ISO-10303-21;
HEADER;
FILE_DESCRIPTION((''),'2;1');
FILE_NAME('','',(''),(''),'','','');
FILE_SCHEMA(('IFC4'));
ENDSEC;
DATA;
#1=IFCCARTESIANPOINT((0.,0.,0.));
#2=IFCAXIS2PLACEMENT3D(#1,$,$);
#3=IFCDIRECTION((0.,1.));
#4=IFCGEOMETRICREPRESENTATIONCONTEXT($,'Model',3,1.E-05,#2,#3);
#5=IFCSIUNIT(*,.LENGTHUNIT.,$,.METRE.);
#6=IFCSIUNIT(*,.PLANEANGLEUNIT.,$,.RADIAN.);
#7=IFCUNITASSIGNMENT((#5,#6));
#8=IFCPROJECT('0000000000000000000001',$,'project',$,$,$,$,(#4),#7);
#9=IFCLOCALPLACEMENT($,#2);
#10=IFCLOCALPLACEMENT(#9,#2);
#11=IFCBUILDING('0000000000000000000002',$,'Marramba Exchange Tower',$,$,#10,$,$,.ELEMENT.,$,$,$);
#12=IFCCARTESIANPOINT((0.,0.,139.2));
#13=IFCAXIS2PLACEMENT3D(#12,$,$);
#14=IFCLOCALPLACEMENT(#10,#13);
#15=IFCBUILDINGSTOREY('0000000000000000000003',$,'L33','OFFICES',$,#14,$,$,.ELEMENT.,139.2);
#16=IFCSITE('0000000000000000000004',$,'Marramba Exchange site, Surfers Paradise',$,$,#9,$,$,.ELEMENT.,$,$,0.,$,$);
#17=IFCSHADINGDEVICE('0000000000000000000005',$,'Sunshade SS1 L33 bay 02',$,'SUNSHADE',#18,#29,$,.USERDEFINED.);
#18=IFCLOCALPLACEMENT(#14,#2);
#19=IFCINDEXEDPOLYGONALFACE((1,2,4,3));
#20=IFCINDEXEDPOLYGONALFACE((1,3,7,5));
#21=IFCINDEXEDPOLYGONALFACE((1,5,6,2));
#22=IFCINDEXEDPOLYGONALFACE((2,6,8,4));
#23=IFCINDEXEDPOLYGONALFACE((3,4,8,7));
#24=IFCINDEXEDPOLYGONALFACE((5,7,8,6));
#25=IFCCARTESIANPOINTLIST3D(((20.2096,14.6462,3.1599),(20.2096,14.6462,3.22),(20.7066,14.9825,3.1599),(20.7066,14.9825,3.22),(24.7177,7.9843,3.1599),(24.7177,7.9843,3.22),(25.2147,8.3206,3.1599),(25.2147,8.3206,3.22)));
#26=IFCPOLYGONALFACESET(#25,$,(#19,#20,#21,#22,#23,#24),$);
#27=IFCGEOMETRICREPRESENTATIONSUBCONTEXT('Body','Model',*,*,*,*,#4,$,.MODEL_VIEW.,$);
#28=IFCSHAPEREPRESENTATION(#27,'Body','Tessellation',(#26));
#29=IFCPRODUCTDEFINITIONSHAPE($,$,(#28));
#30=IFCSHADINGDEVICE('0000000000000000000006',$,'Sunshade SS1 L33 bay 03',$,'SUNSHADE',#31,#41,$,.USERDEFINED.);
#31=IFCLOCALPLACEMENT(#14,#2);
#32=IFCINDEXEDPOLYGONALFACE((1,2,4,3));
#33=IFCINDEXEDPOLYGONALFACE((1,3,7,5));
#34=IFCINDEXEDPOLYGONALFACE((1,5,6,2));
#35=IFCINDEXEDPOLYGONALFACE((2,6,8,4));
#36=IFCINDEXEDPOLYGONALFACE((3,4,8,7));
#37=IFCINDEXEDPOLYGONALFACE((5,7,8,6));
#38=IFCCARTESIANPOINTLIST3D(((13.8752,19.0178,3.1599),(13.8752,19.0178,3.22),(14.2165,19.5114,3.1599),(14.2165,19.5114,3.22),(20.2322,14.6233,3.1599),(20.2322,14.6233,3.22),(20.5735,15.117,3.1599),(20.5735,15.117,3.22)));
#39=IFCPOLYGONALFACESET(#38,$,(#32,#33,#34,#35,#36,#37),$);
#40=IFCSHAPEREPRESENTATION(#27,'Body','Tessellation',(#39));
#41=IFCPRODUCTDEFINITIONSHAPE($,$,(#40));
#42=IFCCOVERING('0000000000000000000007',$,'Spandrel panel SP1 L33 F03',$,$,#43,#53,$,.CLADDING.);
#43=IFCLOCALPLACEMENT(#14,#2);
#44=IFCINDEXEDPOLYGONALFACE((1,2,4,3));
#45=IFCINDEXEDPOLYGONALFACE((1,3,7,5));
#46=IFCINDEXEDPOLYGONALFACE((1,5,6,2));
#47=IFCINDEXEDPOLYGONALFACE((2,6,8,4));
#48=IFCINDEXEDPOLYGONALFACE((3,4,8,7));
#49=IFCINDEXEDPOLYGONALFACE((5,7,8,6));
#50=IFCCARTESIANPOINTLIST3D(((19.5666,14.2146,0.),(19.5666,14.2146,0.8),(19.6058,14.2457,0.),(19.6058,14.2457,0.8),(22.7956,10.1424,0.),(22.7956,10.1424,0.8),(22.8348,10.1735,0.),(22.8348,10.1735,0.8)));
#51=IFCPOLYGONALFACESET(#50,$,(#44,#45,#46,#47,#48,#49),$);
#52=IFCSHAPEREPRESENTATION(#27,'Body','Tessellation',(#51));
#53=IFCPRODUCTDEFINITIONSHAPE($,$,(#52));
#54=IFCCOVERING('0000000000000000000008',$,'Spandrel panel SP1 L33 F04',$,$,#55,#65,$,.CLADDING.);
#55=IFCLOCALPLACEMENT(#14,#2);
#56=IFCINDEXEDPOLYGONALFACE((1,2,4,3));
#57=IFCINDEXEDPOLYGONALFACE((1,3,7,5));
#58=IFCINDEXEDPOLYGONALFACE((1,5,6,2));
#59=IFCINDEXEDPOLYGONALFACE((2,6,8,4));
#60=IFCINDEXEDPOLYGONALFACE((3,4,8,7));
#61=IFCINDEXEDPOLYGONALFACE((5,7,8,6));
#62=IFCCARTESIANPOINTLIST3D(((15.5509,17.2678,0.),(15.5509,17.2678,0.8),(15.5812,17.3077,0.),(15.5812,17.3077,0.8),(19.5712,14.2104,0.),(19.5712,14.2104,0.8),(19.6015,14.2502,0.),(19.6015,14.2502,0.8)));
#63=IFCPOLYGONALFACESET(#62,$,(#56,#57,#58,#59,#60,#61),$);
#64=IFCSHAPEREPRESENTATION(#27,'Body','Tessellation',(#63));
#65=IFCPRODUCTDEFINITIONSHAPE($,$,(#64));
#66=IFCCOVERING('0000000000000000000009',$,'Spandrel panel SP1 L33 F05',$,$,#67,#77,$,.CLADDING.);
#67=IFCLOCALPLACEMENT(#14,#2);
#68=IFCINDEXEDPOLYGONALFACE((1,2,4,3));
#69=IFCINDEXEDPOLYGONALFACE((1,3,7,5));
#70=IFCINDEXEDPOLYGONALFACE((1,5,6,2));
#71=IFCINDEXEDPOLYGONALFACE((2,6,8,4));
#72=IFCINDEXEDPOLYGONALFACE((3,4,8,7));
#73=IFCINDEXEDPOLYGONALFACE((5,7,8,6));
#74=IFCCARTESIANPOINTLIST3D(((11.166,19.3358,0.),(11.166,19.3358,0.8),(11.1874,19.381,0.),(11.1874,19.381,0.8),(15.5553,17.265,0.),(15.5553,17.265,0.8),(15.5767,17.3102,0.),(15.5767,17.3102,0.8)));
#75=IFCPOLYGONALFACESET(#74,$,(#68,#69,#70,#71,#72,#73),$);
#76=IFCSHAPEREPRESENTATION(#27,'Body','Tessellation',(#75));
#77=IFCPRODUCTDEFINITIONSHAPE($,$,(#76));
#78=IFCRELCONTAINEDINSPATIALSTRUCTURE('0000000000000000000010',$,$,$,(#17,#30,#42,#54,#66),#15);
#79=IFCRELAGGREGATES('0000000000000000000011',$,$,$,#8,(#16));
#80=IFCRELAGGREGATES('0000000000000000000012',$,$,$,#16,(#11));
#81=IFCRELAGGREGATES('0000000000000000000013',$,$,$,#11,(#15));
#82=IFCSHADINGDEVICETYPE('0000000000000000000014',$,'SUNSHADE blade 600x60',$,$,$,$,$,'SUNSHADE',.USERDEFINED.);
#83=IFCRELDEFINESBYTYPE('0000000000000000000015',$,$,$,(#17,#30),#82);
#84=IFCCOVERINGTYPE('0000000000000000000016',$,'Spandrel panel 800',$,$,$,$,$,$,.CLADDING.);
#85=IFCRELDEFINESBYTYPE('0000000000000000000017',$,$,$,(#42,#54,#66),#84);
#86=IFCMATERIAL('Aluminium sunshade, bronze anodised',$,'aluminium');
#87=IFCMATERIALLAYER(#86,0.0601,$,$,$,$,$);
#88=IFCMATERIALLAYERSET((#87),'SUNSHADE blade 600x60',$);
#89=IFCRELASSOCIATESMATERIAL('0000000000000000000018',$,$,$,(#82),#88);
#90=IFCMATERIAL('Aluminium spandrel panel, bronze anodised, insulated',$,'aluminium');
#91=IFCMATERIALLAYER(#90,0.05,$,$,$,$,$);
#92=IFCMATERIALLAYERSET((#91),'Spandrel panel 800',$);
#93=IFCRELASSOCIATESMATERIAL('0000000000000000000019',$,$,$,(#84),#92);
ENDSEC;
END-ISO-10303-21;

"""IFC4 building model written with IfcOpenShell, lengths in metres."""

from ifc_helpers import new_model, si_unit, direction, frame, origin, origin_2d, place, context, subcontext, project, spatial, rectangle, extrude, material, layer, layer_set, type_object, element, save


model = new_model("IFC4")

# Units and contexts
model_context = context("Model", 3, precision=1e-05, world=origin(), true_north=direction((0.0, 1.0)))
body_context = subcontext(model_context, "Body", "Model", "MODEL_VIEW")
ifc_project = project(units=[si_unit("LENGTHUNIT", "METRE"), si_unit("PLANEANGLEUNIT", "RADIAN")], contexts=[model_context])

# Site, building, storey
site_placement = place(None, origin())
site = spatial("IfcSite", under=ifc_project, at=site_placement, Name="Marramba Exchange site, Surfers Paradise", CompositionType="ELEMENT", RefElevation=0.0)
building_placement = place(site_placement, origin())
building = spatial("IfcBuilding", under=site, at=building_placement, Name="Marramba Exchange Tower", CompositionType="ELEMENT")
storey_placement = place(building_placement, frame((0.0, 0.0, 139.2)))
storey = spatial("IfcBuildingStorey", under=building, at=storey_placement, Name="L33", Description="OFFICES", CompositionType="ELEMENT", Elevation=139.2)

# Shading devices
ifc_material_1 = material(Name="Aluminium sunshade, bronze anodised", Category="aluminium")
ifc_layer_1 = layer(ifc_material_1, 0.0601)
ifc_layer_set_1 = layer_set([ifc_layer_1], Name="SUNSHADE blade 600x60")
shading_device_type_1 = type_object("IfcShadingDeviceType", Name="SUNSHADE blade 600x60", ElementType="SUNSHADE", PredefinedType="USERDEFINED", material=ifc_layer_set_1)
shading_device_1_placement = place(storey_placement, frame((22.7122, 11.4834, 3.1599), z_axis=(0.0, 0.0, 1.0), x_axis=(-0.560442, 0.828194, 0.0)))
element("IfcShadingDevice", 1, at=shading_device_1_placement, inside=storey, type_object=shading_device_type_1, Name="Sunshade SS1 L33 bay 02", ObjectType="SUNSHADE", PredefinedType="USERDEFINED", context=body_context, shape_type="SweptSolid", body=[
    extrude(rectangle(XDim=8.0439, YDim=0.6001, at=origin_2d()), origin(), (0.0, 0.0, 1.0), 0.0601),
])
shading_device_2_placement = place(storey_placement, frame((17.2244, 17.0674, 3.1599), z_axis=(0.0, 0.0, 1.0), x_axis=(-0.82259, 0.568636, 0.0)))
element("IfcShadingDevice", 2, at=shading_device_2_placement, inside=storey, type_object=shading_device_type_1, Name="Sunshade SS1 L33 bay 03", ObjectType="SUNSHADE", PredefinedType="USERDEFINED", context=body_context, shape_type="SweptSolid", body=[
    extrude(rectangle(XDim=7.728, YDim=0.6001, at=origin_2d()), origin(), (0.0, 0.0, 1.0), 0.0601),
])

# Coverings
ifc_material_2 = material(Name="Aluminium spandrel panel, bronze anodised, insulated", Category="aluminium")
ifc_layer_2 = layer(ifc_material_2, 0.05)
ifc_layer_set_2 = layer_set([ifc_layer_2], Name="Spandrel panel 800")
covering_type = type_object("IfcCoveringType", Name="Spandrel panel 800", PredefinedType="CLADDING", material=ifc_layer_set_2)
covering_1_placement = place(storey_placement, frame((21.2007, 12.1941, 0.0), z_axis=(0.0, 0.0, 1.0), x_axis=(-0.621312, 0.783563, 0.0)))
element("IfcCovering", 3, at=covering_1_placement, inside=storey, type_object=covering_type, Name="Spandrel panel SP1 L33 F03", PredefinedType="CLADDING", context=body_context, shape_type="SweptSolid", body=[
    extrude(rectangle(XDim=5.197, YDim=0.05, at=origin_2d()), origin(), (0.0, 0.0, 1.0), 0.8),
])
covering_2_placement = place(storey_placement, frame((17.5762, 15.759, 0.0), z_axis=(0.0, 0.0, 1.0), x_axis=(-0.795972, 0.605334, 0.0)))
element("IfcCovering", 4, at=covering_2_placement, inside=storey, type_object=covering_type, Name="Spandrel panel SP1 L33 F04", PredefinedType="CLADDING", context=body_context, shape_type="SweptSolid", body=[
    extrude(rectangle(XDim=5.0508, YDim=0.05, at=origin_2d()), origin(), (0.0, 0.0, 1.0), 0.8),
])
covering_3_placement = place(storey_placement, frame((13.3713, 18.323, 0.0), z_axis=(0.0, 0.0, 1.0), x_axis=(-0.904403, 0.426679, 0.0)))
element("IfcCovering", 5, at=covering_3_placement, inside=storey, type_object=covering_type, Name="Spandrel panel SP1 L33 F05", PredefinedType="CLADDING", context=body_context, shape_type="SweptSolid", body=[
    extrude(rectangle(XDim=4.8533, YDim=0.05, at=origin_2d()), origin(), (0.0, 0.0, 1.0), 0.8),
])

save(model, "model.ifc")
